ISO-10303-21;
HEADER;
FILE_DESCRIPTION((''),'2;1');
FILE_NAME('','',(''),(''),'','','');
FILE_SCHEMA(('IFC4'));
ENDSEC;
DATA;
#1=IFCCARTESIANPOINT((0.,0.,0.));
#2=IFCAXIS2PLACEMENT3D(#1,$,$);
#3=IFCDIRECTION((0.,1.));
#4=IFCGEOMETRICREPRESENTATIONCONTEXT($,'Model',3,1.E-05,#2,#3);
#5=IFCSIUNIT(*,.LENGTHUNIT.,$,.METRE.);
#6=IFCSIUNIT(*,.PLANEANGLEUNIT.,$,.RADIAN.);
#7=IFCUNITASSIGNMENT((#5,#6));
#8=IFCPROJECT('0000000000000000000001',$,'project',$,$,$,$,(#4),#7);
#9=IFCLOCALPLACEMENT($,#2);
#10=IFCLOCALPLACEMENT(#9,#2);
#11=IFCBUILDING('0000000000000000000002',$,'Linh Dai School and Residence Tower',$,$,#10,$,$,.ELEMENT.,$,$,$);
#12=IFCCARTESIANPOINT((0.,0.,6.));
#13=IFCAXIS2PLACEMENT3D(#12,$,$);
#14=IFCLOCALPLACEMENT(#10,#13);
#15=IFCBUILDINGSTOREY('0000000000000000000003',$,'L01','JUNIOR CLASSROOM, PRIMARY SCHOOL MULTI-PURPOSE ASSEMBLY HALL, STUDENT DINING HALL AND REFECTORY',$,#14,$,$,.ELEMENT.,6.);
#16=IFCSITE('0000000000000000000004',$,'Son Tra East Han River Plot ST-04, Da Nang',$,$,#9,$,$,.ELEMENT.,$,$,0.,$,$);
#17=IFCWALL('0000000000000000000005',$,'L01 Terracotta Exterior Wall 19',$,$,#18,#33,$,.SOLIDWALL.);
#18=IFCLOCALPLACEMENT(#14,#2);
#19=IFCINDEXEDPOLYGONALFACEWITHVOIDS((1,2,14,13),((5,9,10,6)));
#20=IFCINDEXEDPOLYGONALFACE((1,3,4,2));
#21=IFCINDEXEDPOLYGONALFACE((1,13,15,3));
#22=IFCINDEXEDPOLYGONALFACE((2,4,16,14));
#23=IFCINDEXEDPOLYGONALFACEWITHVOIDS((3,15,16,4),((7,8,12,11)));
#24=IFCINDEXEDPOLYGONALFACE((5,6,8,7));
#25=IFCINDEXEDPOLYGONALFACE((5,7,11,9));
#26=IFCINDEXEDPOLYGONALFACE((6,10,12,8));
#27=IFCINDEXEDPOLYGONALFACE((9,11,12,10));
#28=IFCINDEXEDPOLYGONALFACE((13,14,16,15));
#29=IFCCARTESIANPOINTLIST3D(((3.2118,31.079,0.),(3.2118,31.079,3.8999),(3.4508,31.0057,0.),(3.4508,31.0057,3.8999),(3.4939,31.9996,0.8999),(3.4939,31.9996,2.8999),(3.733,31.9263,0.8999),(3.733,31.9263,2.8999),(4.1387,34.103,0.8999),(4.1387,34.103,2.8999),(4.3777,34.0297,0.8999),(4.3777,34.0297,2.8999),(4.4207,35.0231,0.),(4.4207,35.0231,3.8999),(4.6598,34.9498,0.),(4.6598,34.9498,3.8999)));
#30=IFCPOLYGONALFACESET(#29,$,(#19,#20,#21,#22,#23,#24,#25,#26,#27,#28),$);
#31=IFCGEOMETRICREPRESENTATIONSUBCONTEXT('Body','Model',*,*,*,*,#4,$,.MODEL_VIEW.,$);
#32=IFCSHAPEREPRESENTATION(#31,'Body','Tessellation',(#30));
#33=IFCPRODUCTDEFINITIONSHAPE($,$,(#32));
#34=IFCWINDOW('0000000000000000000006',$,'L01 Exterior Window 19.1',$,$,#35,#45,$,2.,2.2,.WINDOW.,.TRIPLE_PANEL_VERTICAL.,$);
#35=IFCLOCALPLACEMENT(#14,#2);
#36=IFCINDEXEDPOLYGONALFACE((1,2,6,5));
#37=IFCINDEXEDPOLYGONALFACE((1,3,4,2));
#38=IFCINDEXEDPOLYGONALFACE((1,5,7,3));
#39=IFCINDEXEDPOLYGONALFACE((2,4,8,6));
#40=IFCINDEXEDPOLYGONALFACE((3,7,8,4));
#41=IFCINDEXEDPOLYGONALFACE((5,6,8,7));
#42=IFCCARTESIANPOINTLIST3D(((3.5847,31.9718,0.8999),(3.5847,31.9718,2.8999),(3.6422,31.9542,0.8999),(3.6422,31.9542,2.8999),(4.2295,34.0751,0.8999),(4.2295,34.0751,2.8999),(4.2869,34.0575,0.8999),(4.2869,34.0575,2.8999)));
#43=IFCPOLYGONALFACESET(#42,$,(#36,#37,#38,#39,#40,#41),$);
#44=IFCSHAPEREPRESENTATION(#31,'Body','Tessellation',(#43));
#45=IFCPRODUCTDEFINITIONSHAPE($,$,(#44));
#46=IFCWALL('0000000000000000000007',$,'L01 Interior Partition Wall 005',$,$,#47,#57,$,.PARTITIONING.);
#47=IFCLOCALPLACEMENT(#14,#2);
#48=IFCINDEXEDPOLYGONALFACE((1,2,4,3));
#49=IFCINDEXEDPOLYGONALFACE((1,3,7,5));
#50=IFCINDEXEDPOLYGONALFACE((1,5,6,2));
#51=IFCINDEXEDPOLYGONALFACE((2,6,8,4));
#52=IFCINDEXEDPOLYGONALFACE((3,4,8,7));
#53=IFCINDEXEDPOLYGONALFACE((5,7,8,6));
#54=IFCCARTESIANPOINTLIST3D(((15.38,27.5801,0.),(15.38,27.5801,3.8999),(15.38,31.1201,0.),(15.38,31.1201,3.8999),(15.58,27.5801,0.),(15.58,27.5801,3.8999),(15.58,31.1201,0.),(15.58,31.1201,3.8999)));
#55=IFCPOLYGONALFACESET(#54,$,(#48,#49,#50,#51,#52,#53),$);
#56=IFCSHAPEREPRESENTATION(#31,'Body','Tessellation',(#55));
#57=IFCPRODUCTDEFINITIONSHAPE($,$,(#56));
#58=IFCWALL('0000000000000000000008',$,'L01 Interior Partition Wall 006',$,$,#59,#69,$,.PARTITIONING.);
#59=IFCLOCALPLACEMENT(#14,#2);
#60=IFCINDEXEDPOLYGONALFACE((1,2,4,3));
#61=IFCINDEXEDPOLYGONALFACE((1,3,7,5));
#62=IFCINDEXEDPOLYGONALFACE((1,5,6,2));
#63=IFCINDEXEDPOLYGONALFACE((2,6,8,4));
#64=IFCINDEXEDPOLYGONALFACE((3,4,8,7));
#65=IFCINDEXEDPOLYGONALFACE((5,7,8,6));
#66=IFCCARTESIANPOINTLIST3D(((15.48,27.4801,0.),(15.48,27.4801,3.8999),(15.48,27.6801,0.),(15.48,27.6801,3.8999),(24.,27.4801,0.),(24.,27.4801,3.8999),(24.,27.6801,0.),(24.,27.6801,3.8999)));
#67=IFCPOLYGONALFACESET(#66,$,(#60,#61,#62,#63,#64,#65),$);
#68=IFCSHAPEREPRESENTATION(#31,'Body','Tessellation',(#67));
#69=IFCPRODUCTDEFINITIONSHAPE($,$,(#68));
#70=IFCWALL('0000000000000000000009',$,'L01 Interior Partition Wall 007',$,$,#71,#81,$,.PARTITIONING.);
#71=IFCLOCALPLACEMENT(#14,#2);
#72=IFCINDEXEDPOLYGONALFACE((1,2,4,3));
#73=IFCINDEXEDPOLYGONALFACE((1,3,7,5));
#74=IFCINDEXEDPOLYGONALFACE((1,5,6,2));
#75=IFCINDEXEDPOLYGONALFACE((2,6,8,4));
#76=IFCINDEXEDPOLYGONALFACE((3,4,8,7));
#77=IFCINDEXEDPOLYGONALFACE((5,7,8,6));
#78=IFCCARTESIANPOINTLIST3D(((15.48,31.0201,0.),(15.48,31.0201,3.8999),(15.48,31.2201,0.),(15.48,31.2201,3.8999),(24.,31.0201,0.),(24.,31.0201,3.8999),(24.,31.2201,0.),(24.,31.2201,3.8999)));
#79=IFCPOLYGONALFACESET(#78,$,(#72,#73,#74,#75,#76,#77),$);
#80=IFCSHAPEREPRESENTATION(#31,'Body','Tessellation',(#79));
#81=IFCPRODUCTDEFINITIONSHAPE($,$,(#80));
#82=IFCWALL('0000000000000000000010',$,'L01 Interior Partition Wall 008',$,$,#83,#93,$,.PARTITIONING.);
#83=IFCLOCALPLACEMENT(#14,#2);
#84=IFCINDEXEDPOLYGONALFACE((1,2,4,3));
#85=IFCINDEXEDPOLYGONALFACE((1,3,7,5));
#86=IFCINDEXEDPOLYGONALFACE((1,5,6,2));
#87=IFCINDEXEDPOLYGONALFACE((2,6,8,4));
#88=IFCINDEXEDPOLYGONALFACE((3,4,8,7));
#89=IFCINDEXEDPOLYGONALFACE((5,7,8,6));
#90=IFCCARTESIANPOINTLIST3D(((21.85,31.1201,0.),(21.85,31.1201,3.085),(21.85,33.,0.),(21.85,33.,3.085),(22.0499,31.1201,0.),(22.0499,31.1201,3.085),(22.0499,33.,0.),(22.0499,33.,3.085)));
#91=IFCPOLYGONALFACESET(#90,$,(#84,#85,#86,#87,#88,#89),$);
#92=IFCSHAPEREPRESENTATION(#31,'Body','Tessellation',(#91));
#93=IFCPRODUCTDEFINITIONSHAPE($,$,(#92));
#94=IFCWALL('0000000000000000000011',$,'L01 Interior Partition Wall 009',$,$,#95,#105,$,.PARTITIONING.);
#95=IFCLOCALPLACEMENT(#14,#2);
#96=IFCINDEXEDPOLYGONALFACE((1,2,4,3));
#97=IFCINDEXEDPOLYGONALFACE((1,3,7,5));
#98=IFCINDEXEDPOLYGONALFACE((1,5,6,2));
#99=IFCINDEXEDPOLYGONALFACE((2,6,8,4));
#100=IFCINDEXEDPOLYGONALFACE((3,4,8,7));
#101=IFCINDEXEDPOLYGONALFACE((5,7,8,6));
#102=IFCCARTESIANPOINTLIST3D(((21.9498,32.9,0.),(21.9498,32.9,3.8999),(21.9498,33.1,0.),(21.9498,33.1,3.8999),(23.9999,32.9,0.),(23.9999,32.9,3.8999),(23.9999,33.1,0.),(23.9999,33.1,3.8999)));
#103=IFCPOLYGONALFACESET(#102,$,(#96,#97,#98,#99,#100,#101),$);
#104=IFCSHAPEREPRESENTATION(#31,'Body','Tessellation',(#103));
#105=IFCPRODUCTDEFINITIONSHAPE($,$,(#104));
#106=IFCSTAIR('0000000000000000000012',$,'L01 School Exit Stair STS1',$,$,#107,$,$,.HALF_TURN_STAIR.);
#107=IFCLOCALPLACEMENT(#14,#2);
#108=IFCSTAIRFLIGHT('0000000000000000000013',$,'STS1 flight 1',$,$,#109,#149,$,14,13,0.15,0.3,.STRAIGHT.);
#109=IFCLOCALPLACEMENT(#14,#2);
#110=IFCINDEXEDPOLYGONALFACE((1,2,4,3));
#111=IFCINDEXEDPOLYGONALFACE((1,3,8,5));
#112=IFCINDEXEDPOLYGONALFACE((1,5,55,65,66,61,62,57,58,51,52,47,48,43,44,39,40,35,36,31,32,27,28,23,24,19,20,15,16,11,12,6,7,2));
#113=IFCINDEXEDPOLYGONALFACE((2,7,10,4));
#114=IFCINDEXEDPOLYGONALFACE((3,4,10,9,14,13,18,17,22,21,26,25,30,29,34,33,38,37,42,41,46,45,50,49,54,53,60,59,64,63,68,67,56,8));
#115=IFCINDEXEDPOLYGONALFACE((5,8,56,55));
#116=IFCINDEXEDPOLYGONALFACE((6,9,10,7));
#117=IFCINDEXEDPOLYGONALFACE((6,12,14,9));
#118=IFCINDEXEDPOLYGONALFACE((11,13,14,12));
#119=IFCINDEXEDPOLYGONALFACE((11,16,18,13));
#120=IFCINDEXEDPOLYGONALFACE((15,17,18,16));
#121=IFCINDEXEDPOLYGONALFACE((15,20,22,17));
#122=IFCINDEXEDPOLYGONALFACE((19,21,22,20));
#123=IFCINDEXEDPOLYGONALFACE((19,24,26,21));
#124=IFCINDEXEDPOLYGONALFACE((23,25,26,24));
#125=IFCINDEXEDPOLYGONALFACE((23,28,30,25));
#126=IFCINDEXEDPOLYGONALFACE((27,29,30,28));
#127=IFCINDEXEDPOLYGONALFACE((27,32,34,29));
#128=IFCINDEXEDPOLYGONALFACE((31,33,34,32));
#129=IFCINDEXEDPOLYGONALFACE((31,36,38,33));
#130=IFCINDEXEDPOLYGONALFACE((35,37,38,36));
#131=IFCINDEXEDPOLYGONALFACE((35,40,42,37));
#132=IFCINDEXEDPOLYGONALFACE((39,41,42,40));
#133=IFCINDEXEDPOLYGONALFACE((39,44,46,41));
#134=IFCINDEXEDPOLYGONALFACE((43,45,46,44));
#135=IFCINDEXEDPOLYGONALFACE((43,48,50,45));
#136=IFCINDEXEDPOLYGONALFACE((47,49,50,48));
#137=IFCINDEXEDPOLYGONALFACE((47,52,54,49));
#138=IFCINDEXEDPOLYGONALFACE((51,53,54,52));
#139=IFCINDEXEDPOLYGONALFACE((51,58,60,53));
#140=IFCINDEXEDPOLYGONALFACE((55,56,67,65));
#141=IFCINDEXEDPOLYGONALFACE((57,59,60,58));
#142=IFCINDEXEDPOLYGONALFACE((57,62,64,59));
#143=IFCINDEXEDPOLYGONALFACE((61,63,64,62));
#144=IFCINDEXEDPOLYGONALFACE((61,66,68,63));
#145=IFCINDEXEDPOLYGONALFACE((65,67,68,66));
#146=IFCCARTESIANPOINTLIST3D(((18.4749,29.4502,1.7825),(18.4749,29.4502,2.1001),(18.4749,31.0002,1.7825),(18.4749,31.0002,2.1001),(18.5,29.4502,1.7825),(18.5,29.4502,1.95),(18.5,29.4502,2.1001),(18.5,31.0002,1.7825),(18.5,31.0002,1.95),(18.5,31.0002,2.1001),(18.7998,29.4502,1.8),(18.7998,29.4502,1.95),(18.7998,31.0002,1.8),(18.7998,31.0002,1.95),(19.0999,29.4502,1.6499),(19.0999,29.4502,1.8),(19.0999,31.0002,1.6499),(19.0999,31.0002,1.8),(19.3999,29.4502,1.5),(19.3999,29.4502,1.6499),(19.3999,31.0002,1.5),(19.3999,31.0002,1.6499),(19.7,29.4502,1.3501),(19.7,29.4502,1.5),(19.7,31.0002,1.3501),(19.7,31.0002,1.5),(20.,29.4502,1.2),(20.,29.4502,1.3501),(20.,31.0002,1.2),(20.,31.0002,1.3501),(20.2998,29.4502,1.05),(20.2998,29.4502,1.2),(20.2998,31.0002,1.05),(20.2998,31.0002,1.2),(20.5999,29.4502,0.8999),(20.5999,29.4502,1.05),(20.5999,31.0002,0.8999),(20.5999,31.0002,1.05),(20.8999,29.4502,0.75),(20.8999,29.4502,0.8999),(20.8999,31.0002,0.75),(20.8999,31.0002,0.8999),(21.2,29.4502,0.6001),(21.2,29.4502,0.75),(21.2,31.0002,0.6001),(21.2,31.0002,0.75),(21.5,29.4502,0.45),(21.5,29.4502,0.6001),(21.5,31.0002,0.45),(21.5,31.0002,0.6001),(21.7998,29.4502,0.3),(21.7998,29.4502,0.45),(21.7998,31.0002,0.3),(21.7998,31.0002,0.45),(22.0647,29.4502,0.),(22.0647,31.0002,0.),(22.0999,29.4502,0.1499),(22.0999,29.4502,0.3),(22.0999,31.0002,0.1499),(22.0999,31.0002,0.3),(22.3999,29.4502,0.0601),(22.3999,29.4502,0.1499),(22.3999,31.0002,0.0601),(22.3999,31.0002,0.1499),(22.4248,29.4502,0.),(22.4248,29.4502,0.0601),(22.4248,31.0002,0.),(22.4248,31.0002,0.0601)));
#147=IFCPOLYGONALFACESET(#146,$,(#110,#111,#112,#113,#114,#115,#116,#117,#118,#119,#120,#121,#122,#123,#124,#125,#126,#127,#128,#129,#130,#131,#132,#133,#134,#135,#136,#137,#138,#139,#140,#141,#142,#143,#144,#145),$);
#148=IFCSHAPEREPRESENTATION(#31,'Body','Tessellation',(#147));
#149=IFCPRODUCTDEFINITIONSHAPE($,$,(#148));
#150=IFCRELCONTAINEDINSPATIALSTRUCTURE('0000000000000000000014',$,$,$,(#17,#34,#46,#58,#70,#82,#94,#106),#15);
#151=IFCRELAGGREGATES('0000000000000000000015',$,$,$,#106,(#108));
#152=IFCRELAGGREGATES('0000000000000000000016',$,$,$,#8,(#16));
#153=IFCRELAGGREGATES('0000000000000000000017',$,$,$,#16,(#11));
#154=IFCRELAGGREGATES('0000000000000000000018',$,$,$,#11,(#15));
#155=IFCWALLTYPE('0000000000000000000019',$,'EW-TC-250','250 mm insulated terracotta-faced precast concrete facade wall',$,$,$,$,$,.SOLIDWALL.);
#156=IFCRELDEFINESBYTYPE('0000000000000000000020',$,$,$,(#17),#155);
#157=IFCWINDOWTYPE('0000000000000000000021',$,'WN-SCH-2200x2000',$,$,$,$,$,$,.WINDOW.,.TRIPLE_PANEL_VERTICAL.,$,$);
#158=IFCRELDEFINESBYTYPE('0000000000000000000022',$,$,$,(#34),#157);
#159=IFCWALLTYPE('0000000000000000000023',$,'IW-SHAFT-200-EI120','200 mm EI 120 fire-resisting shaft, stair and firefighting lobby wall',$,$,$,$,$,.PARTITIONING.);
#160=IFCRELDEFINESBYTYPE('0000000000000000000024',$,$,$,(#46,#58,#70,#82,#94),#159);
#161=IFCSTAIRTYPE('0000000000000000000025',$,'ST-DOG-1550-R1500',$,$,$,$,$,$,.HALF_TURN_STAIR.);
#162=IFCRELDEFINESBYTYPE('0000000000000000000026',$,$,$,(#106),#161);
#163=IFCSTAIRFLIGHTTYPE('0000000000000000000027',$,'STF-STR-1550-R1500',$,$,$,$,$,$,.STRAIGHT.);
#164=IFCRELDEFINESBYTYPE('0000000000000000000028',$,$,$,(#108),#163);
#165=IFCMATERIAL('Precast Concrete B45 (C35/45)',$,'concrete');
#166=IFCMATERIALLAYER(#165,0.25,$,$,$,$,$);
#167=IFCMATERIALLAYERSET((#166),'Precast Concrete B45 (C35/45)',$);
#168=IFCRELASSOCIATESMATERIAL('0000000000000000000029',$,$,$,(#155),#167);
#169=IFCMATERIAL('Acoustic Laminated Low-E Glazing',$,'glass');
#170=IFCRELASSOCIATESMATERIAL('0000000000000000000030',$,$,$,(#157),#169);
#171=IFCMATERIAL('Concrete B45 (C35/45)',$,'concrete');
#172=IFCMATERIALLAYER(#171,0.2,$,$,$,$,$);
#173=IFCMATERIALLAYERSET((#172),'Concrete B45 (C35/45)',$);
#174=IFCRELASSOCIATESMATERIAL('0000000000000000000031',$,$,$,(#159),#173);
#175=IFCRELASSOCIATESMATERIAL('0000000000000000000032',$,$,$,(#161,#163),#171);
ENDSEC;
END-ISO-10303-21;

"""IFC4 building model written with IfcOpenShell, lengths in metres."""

from ifc_helpers import new_model, si_unit, direction, frame, frame_2d, origin, origin_2d, place, context, subcontext, project, spatial, polyline, rectangle, outline, extrude, source, transform, mapped, material, layer, layer_set, type_object, element, fill, aggregate, save


model = new_model("IFC4")

# Units and contexts
model_context = context("Model", 3, precision=1e-05, world=origin(), true_north=direction((0.0, 1.0)))
body_context = subcontext(model_context, "Body", "Model", "MODEL_VIEW")
ifc_project = project(units=[si_unit("LENGTHUNIT", "METRE"), si_unit("PLANEANGLEUNIT", "RADIAN")], contexts=[model_context])

# Site, building, storey
site_placement = place(None, origin())
site = spatial("IfcSite", under=ifc_project, at=site_placement, Name="Son Tra East Han River Plot ST-04, Da Nang", CompositionType="ELEMENT", RefElevation=0.0)
building_placement = place(site_placement, origin())
building = spatial("IfcBuilding", under=site, at=building_placement, Name="Linh Dai School and Residence Tower", CompositionType="ELEMENT")
storey_placement = place(building_placement, frame((0.0, 0.0, 6.0)))
storey = spatial("IfcBuildingStorey", under=building, at=storey_placement, Name="L01", Description="JUNIOR CLASSROOM, PRIMARY SCHOOL MULTI-PURPOSE ASSEMBLY HALL, STUDENT DINING HALL AND REFECTORY", CompositionType="ELEMENT", Elevation=6.0)

# Wall, opening, window
ifc_material_1 = material(Name="Precast Concrete B45 (C35/45)", Category="concrete")
ifc_layer_1 = layer(ifc_material_1, 0.25)
ifc_layer_set_1 = layer_set([ifc_layer_1], Name="Precast Concrete B45 (C35/45)")
wall_type_1 = type_object("IfcWallType", Name="EW-TC-250", Description="250 mm insulated terracotta-faced precast concrete facade wall", PredefinedType="SOLIDWALL", material=ifc_layer_set_1)
wall_1_placement = place(storey_placement, frame((3.3313, 31.0425, 0.0), z_axis=(0.0, 0.0, 1.0), x_axis=(0.293071, 0.956091, 0.0)))
wall_1 = element("IfcWall", 1, at=wall_1_placement, inside=storey, type_object=wall_type_1, Name="L01 Terracotta Exterior Wall 19", PredefinedType="SOLIDWALL", context=body_context, shape_type="SweptSolid", body=[
    extrude(rectangle(XDim=4.1252, YDim=0.25, at=frame_2d((2.0625, 0.0))), origin(), (0.0, 0.0, 1.0), 3.8999),
])
opening_1_placement = place(wall_1_placement, frame((0.9626, 0.0, 0.8999)))
opening_1 = element("IfcOpeningElement", 2, at=opening_1_placement, cuts=wall_1, PredefinedType="OPENING", context=body_context, shape_type="SweptSolid", body=[
    extrude(rectangle(XDim=2.2, YDim=2.0, at=origin_2d()), frame((1.1001, 0.135, 1.0), z_axis=(0.0, -1.0, 0.0), x_axis=(1.0, 0.0, 0.0)), (0.0, 0.0, 1.0), 0.27),
])
ifc_material_2 = material(Name="Acoustic Laminated Low-E Glazing", Category="glass")
window_type = type_object("IfcWindowType", Name="WN-SCH-2200x2000", PartitioningType="TRIPLE_PANEL_VERTICAL", PredefinedType="WINDOW", material=ifc_material_2)
shared_shape_1 = source(origin(), body_context, "Body", "SweptSolid", [
    extrude(rectangle(XDim=2.2, YDim=2.0, at=origin_2d()), frame((1.1001, 0.03, 1.0), z_axis=(0.0, -1.0, 0.0), x_axis=(1.0, 0.0, 0.0)), (0.0, 0.0, 1.0), 0.0601),
])
window_placement = place(opening_1_placement, origin())
window = element("IfcWindow", 3, at=window_placement, inside=storey, type_object=window_type, Name="L01 Exterior Window 19.1", OverallHeight=2.0, OverallWidth=2.2, PartitioningType="TRIPLE_PANEL_VERTICAL", PredefinedType="WINDOW", context=body_context, shape_type="MappedRepresentation", body=[
    mapped(shared_shape_1, transform((0.0, 0.0, 0.0), x_axis=(1.0, 0.0, 0.0), y_axis=(0.0, 1.0, 0.0), z_axis=(0.0, 0.0, 1.0), scale=1.0)),
])
fill(opening_1, window)

# Walls
ifc_material_3 = material(Name="Concrete B45 (C35/45)", Category="concrete")
ifc_layer_2 = layer(ifc_material_3, 0.2)
ifc_layer_set_2 = layer_set([ifc_layer_2], Name="Concrete B45 (C35/45)")
wall_type_2 = type_object("IfcWallType", Name="IW-SHAFT-200-EI120", Description="200 mm EI 120 fire-resisting shaft, stair and firefighting lobby wall", PredefinedType="PARTITIONING", material=ifc_layer_set_2)
wall_2_placement = place(storey_placement, frame((15.48, 27.5801, 0.0), z_axis=(0.0, 0.0, 1.0), x_axis=(0.0, 1.0, 0.0)))
element("IfcWall", 4, at=wall_2_placement, inside=storey, type_object=wall_type_2, Name="L01 Interior Partition Wall 005", PredefinedType="PARTITIONING", context=body_context, shape_type="SweptSolid", body=[
    extrude(rectangle(XDim=3.54, YDim=0.2, at=frame_2d((1.77, 0.0))), origin(), (0.0, 0.0, 1.0), 3.8999),
])
for number, where, z_axis, x_axis, name in (
    (5, (15.48, 27.5801, 0.0), (0.0, 0.0, 1.0), (1.0, 0.0, 0.0), "L01 Interior Partition Wall 006"),
    (6, (15.48, 31.1201, 0.0), (0.0, 0.0, 1.0), (1.0, 0.0, 0.0), "L01 Interior Partition Wall 007"),
):
    element("IfcWall", number, at=place(storey_placement, frame(where, z_axis=z_axis, x_axis=x_axis)), inside=storey, type_object=wall_type_2, Name=name, PredefinedType="PARTITIONING", context=body_context, shape_type="SweptSolid", body=[
        extrude(rectangle(XDim=8.52, YDim=0.2, at=frame_2d((4.26, 0.0))), origin(), (0.0, 0.0, 1.0), 3.8999),
    ])
wall_3_placement = place(storey_placement, frame((21.95, 31.1201, 0.0), z_axis=(0.0, 0.0, 1.0), x_axis=(0.0, 1.0, 0.0)))
element("IfcWall", 7, at=wall_3_placement, inside=storey, type_object=wall_type_2, Name="L01 Interior Partition Wall 008", PredefinedType="PARTITIONING", context=body_context, shape_type="SweptSolid", body=[
    extrude(rectangle(XDim=1.8799, YDim=0.2, at=frame_2d((0.9399, 0.0))), origin(), (0.0, 0.0, 1.0), 3.085),
])
wall_4_placement = place(storey_placement, frame((21.95, 33.0, 0.0), z_axis=(0.0, 0.0, 1.0), x_axis=(1.0, 0.0, 0.0)))
element("IfcWall", 8, at=wall_4_placement, inside=storey, type_object=wall_type_2, Name="L01 Interior Partition Wall 009", PredefinedType="PARTITIONING", context=body_context, shape_type="SweptSolid", body=[
    extrude(rectangle(XDim=2.05, YDim=0.2, at=frame_2d((1.0249, 0.0))), origin(), (0.0, 0.0, 1.0), 3.8999),
])

# Stair, stair flight
stair_type = type_object("IfcStairType", Name="ST-DOG-1550-R1500", PredefinedType="HALF_TURN_STAIR", material=ifc_material_3)
stair_placement = place(storey_placement, origin())
stair = element("IfcStair", 9, at=stair_placement, inside=storey, type_object=stair_type, Name="L01 School Exit Stair STS1", PredefinedType="HALF_TURN_STAIR")
stair_flight_type = type_object("IfcStairFlightType", Name="STF-STR-1550-R1500", PredefinedType="STRAIGHT", material=ifc_material_3)
shared_shape_2 = source(origin(), body_context, "Body", "SweptSolid", [
    extrude(outline(polyline([(-0.0249, 0.0), (-0.0249, 0.0601), (0.0, 0.0601), (0.0, 0.1499), (0.3, 0.1499), (0.3, 0.3), (0.6001, 0.3), (0.6001, 0.45), (0.8999, 0.45), (0.8999, 0.6001), (1.2, 0.6001), (1.2, 0.75), (1.5, 0.75), (1.5, 0.8999), (1.8, 0.8999), (1.8, 1.05), (2.1001, 1.05), (2.1001, 1.2), (2.3999, 1.2), (2.3999, 1.3501), (2.7, 1.3501), (2.7, 1.5), (3.0, 1.5), (3.0, 1.6499), (3.3, 1.6499), (3.3, 1.8), (3.6001, 1.8), (3.6001, 1.95), (3.8999, 1.95), (3.8999, 2.1001), (3.925, 2.1001), (3.925, 1.7825), (3.8999, 1.7825), (0.3352, 0.0), (-0.0249, 0.0)])), frame((0.0, 0.7749, 0.0), z_axis=(0.0, -1.0, 0.0), x_axis=(1.0, 0.0, 0.0)), (0.0, 0.0, 1.0), 1.55),
])
stair_flight_1_placement = place(storey_placement, frame((22.3999, 30.2251, 0.0), z_axis=(0.0, 0.0, 1.0), x_axis=(-1.0, 0.0, 0.0)))
stair_flight_1 = element("IfcStairFlight", 10, at=stair_flight_1_placement, type_object=stair_flight_type, Name="STS1 flight 1", NumberOfRisers=14, NumberOfTreads=13, PredefinedType="STRAIGHT", RiserHeight=0.15, TreadLength=0.3, context=body_context, shape_type="MappedRepresentation", body=[
    mapped(shared_shape_2, transform((0.0, 0.0, 0.0), x_axis=(1.0, 0.0, 0.0), y_axis=(0.0, 1.0, 0.0), z_axis=(0.0, 0.0, 1.0), scale=1.0)),
])
aggregate(stair, [stair_flight_1])

save(model, "model.ifc")
